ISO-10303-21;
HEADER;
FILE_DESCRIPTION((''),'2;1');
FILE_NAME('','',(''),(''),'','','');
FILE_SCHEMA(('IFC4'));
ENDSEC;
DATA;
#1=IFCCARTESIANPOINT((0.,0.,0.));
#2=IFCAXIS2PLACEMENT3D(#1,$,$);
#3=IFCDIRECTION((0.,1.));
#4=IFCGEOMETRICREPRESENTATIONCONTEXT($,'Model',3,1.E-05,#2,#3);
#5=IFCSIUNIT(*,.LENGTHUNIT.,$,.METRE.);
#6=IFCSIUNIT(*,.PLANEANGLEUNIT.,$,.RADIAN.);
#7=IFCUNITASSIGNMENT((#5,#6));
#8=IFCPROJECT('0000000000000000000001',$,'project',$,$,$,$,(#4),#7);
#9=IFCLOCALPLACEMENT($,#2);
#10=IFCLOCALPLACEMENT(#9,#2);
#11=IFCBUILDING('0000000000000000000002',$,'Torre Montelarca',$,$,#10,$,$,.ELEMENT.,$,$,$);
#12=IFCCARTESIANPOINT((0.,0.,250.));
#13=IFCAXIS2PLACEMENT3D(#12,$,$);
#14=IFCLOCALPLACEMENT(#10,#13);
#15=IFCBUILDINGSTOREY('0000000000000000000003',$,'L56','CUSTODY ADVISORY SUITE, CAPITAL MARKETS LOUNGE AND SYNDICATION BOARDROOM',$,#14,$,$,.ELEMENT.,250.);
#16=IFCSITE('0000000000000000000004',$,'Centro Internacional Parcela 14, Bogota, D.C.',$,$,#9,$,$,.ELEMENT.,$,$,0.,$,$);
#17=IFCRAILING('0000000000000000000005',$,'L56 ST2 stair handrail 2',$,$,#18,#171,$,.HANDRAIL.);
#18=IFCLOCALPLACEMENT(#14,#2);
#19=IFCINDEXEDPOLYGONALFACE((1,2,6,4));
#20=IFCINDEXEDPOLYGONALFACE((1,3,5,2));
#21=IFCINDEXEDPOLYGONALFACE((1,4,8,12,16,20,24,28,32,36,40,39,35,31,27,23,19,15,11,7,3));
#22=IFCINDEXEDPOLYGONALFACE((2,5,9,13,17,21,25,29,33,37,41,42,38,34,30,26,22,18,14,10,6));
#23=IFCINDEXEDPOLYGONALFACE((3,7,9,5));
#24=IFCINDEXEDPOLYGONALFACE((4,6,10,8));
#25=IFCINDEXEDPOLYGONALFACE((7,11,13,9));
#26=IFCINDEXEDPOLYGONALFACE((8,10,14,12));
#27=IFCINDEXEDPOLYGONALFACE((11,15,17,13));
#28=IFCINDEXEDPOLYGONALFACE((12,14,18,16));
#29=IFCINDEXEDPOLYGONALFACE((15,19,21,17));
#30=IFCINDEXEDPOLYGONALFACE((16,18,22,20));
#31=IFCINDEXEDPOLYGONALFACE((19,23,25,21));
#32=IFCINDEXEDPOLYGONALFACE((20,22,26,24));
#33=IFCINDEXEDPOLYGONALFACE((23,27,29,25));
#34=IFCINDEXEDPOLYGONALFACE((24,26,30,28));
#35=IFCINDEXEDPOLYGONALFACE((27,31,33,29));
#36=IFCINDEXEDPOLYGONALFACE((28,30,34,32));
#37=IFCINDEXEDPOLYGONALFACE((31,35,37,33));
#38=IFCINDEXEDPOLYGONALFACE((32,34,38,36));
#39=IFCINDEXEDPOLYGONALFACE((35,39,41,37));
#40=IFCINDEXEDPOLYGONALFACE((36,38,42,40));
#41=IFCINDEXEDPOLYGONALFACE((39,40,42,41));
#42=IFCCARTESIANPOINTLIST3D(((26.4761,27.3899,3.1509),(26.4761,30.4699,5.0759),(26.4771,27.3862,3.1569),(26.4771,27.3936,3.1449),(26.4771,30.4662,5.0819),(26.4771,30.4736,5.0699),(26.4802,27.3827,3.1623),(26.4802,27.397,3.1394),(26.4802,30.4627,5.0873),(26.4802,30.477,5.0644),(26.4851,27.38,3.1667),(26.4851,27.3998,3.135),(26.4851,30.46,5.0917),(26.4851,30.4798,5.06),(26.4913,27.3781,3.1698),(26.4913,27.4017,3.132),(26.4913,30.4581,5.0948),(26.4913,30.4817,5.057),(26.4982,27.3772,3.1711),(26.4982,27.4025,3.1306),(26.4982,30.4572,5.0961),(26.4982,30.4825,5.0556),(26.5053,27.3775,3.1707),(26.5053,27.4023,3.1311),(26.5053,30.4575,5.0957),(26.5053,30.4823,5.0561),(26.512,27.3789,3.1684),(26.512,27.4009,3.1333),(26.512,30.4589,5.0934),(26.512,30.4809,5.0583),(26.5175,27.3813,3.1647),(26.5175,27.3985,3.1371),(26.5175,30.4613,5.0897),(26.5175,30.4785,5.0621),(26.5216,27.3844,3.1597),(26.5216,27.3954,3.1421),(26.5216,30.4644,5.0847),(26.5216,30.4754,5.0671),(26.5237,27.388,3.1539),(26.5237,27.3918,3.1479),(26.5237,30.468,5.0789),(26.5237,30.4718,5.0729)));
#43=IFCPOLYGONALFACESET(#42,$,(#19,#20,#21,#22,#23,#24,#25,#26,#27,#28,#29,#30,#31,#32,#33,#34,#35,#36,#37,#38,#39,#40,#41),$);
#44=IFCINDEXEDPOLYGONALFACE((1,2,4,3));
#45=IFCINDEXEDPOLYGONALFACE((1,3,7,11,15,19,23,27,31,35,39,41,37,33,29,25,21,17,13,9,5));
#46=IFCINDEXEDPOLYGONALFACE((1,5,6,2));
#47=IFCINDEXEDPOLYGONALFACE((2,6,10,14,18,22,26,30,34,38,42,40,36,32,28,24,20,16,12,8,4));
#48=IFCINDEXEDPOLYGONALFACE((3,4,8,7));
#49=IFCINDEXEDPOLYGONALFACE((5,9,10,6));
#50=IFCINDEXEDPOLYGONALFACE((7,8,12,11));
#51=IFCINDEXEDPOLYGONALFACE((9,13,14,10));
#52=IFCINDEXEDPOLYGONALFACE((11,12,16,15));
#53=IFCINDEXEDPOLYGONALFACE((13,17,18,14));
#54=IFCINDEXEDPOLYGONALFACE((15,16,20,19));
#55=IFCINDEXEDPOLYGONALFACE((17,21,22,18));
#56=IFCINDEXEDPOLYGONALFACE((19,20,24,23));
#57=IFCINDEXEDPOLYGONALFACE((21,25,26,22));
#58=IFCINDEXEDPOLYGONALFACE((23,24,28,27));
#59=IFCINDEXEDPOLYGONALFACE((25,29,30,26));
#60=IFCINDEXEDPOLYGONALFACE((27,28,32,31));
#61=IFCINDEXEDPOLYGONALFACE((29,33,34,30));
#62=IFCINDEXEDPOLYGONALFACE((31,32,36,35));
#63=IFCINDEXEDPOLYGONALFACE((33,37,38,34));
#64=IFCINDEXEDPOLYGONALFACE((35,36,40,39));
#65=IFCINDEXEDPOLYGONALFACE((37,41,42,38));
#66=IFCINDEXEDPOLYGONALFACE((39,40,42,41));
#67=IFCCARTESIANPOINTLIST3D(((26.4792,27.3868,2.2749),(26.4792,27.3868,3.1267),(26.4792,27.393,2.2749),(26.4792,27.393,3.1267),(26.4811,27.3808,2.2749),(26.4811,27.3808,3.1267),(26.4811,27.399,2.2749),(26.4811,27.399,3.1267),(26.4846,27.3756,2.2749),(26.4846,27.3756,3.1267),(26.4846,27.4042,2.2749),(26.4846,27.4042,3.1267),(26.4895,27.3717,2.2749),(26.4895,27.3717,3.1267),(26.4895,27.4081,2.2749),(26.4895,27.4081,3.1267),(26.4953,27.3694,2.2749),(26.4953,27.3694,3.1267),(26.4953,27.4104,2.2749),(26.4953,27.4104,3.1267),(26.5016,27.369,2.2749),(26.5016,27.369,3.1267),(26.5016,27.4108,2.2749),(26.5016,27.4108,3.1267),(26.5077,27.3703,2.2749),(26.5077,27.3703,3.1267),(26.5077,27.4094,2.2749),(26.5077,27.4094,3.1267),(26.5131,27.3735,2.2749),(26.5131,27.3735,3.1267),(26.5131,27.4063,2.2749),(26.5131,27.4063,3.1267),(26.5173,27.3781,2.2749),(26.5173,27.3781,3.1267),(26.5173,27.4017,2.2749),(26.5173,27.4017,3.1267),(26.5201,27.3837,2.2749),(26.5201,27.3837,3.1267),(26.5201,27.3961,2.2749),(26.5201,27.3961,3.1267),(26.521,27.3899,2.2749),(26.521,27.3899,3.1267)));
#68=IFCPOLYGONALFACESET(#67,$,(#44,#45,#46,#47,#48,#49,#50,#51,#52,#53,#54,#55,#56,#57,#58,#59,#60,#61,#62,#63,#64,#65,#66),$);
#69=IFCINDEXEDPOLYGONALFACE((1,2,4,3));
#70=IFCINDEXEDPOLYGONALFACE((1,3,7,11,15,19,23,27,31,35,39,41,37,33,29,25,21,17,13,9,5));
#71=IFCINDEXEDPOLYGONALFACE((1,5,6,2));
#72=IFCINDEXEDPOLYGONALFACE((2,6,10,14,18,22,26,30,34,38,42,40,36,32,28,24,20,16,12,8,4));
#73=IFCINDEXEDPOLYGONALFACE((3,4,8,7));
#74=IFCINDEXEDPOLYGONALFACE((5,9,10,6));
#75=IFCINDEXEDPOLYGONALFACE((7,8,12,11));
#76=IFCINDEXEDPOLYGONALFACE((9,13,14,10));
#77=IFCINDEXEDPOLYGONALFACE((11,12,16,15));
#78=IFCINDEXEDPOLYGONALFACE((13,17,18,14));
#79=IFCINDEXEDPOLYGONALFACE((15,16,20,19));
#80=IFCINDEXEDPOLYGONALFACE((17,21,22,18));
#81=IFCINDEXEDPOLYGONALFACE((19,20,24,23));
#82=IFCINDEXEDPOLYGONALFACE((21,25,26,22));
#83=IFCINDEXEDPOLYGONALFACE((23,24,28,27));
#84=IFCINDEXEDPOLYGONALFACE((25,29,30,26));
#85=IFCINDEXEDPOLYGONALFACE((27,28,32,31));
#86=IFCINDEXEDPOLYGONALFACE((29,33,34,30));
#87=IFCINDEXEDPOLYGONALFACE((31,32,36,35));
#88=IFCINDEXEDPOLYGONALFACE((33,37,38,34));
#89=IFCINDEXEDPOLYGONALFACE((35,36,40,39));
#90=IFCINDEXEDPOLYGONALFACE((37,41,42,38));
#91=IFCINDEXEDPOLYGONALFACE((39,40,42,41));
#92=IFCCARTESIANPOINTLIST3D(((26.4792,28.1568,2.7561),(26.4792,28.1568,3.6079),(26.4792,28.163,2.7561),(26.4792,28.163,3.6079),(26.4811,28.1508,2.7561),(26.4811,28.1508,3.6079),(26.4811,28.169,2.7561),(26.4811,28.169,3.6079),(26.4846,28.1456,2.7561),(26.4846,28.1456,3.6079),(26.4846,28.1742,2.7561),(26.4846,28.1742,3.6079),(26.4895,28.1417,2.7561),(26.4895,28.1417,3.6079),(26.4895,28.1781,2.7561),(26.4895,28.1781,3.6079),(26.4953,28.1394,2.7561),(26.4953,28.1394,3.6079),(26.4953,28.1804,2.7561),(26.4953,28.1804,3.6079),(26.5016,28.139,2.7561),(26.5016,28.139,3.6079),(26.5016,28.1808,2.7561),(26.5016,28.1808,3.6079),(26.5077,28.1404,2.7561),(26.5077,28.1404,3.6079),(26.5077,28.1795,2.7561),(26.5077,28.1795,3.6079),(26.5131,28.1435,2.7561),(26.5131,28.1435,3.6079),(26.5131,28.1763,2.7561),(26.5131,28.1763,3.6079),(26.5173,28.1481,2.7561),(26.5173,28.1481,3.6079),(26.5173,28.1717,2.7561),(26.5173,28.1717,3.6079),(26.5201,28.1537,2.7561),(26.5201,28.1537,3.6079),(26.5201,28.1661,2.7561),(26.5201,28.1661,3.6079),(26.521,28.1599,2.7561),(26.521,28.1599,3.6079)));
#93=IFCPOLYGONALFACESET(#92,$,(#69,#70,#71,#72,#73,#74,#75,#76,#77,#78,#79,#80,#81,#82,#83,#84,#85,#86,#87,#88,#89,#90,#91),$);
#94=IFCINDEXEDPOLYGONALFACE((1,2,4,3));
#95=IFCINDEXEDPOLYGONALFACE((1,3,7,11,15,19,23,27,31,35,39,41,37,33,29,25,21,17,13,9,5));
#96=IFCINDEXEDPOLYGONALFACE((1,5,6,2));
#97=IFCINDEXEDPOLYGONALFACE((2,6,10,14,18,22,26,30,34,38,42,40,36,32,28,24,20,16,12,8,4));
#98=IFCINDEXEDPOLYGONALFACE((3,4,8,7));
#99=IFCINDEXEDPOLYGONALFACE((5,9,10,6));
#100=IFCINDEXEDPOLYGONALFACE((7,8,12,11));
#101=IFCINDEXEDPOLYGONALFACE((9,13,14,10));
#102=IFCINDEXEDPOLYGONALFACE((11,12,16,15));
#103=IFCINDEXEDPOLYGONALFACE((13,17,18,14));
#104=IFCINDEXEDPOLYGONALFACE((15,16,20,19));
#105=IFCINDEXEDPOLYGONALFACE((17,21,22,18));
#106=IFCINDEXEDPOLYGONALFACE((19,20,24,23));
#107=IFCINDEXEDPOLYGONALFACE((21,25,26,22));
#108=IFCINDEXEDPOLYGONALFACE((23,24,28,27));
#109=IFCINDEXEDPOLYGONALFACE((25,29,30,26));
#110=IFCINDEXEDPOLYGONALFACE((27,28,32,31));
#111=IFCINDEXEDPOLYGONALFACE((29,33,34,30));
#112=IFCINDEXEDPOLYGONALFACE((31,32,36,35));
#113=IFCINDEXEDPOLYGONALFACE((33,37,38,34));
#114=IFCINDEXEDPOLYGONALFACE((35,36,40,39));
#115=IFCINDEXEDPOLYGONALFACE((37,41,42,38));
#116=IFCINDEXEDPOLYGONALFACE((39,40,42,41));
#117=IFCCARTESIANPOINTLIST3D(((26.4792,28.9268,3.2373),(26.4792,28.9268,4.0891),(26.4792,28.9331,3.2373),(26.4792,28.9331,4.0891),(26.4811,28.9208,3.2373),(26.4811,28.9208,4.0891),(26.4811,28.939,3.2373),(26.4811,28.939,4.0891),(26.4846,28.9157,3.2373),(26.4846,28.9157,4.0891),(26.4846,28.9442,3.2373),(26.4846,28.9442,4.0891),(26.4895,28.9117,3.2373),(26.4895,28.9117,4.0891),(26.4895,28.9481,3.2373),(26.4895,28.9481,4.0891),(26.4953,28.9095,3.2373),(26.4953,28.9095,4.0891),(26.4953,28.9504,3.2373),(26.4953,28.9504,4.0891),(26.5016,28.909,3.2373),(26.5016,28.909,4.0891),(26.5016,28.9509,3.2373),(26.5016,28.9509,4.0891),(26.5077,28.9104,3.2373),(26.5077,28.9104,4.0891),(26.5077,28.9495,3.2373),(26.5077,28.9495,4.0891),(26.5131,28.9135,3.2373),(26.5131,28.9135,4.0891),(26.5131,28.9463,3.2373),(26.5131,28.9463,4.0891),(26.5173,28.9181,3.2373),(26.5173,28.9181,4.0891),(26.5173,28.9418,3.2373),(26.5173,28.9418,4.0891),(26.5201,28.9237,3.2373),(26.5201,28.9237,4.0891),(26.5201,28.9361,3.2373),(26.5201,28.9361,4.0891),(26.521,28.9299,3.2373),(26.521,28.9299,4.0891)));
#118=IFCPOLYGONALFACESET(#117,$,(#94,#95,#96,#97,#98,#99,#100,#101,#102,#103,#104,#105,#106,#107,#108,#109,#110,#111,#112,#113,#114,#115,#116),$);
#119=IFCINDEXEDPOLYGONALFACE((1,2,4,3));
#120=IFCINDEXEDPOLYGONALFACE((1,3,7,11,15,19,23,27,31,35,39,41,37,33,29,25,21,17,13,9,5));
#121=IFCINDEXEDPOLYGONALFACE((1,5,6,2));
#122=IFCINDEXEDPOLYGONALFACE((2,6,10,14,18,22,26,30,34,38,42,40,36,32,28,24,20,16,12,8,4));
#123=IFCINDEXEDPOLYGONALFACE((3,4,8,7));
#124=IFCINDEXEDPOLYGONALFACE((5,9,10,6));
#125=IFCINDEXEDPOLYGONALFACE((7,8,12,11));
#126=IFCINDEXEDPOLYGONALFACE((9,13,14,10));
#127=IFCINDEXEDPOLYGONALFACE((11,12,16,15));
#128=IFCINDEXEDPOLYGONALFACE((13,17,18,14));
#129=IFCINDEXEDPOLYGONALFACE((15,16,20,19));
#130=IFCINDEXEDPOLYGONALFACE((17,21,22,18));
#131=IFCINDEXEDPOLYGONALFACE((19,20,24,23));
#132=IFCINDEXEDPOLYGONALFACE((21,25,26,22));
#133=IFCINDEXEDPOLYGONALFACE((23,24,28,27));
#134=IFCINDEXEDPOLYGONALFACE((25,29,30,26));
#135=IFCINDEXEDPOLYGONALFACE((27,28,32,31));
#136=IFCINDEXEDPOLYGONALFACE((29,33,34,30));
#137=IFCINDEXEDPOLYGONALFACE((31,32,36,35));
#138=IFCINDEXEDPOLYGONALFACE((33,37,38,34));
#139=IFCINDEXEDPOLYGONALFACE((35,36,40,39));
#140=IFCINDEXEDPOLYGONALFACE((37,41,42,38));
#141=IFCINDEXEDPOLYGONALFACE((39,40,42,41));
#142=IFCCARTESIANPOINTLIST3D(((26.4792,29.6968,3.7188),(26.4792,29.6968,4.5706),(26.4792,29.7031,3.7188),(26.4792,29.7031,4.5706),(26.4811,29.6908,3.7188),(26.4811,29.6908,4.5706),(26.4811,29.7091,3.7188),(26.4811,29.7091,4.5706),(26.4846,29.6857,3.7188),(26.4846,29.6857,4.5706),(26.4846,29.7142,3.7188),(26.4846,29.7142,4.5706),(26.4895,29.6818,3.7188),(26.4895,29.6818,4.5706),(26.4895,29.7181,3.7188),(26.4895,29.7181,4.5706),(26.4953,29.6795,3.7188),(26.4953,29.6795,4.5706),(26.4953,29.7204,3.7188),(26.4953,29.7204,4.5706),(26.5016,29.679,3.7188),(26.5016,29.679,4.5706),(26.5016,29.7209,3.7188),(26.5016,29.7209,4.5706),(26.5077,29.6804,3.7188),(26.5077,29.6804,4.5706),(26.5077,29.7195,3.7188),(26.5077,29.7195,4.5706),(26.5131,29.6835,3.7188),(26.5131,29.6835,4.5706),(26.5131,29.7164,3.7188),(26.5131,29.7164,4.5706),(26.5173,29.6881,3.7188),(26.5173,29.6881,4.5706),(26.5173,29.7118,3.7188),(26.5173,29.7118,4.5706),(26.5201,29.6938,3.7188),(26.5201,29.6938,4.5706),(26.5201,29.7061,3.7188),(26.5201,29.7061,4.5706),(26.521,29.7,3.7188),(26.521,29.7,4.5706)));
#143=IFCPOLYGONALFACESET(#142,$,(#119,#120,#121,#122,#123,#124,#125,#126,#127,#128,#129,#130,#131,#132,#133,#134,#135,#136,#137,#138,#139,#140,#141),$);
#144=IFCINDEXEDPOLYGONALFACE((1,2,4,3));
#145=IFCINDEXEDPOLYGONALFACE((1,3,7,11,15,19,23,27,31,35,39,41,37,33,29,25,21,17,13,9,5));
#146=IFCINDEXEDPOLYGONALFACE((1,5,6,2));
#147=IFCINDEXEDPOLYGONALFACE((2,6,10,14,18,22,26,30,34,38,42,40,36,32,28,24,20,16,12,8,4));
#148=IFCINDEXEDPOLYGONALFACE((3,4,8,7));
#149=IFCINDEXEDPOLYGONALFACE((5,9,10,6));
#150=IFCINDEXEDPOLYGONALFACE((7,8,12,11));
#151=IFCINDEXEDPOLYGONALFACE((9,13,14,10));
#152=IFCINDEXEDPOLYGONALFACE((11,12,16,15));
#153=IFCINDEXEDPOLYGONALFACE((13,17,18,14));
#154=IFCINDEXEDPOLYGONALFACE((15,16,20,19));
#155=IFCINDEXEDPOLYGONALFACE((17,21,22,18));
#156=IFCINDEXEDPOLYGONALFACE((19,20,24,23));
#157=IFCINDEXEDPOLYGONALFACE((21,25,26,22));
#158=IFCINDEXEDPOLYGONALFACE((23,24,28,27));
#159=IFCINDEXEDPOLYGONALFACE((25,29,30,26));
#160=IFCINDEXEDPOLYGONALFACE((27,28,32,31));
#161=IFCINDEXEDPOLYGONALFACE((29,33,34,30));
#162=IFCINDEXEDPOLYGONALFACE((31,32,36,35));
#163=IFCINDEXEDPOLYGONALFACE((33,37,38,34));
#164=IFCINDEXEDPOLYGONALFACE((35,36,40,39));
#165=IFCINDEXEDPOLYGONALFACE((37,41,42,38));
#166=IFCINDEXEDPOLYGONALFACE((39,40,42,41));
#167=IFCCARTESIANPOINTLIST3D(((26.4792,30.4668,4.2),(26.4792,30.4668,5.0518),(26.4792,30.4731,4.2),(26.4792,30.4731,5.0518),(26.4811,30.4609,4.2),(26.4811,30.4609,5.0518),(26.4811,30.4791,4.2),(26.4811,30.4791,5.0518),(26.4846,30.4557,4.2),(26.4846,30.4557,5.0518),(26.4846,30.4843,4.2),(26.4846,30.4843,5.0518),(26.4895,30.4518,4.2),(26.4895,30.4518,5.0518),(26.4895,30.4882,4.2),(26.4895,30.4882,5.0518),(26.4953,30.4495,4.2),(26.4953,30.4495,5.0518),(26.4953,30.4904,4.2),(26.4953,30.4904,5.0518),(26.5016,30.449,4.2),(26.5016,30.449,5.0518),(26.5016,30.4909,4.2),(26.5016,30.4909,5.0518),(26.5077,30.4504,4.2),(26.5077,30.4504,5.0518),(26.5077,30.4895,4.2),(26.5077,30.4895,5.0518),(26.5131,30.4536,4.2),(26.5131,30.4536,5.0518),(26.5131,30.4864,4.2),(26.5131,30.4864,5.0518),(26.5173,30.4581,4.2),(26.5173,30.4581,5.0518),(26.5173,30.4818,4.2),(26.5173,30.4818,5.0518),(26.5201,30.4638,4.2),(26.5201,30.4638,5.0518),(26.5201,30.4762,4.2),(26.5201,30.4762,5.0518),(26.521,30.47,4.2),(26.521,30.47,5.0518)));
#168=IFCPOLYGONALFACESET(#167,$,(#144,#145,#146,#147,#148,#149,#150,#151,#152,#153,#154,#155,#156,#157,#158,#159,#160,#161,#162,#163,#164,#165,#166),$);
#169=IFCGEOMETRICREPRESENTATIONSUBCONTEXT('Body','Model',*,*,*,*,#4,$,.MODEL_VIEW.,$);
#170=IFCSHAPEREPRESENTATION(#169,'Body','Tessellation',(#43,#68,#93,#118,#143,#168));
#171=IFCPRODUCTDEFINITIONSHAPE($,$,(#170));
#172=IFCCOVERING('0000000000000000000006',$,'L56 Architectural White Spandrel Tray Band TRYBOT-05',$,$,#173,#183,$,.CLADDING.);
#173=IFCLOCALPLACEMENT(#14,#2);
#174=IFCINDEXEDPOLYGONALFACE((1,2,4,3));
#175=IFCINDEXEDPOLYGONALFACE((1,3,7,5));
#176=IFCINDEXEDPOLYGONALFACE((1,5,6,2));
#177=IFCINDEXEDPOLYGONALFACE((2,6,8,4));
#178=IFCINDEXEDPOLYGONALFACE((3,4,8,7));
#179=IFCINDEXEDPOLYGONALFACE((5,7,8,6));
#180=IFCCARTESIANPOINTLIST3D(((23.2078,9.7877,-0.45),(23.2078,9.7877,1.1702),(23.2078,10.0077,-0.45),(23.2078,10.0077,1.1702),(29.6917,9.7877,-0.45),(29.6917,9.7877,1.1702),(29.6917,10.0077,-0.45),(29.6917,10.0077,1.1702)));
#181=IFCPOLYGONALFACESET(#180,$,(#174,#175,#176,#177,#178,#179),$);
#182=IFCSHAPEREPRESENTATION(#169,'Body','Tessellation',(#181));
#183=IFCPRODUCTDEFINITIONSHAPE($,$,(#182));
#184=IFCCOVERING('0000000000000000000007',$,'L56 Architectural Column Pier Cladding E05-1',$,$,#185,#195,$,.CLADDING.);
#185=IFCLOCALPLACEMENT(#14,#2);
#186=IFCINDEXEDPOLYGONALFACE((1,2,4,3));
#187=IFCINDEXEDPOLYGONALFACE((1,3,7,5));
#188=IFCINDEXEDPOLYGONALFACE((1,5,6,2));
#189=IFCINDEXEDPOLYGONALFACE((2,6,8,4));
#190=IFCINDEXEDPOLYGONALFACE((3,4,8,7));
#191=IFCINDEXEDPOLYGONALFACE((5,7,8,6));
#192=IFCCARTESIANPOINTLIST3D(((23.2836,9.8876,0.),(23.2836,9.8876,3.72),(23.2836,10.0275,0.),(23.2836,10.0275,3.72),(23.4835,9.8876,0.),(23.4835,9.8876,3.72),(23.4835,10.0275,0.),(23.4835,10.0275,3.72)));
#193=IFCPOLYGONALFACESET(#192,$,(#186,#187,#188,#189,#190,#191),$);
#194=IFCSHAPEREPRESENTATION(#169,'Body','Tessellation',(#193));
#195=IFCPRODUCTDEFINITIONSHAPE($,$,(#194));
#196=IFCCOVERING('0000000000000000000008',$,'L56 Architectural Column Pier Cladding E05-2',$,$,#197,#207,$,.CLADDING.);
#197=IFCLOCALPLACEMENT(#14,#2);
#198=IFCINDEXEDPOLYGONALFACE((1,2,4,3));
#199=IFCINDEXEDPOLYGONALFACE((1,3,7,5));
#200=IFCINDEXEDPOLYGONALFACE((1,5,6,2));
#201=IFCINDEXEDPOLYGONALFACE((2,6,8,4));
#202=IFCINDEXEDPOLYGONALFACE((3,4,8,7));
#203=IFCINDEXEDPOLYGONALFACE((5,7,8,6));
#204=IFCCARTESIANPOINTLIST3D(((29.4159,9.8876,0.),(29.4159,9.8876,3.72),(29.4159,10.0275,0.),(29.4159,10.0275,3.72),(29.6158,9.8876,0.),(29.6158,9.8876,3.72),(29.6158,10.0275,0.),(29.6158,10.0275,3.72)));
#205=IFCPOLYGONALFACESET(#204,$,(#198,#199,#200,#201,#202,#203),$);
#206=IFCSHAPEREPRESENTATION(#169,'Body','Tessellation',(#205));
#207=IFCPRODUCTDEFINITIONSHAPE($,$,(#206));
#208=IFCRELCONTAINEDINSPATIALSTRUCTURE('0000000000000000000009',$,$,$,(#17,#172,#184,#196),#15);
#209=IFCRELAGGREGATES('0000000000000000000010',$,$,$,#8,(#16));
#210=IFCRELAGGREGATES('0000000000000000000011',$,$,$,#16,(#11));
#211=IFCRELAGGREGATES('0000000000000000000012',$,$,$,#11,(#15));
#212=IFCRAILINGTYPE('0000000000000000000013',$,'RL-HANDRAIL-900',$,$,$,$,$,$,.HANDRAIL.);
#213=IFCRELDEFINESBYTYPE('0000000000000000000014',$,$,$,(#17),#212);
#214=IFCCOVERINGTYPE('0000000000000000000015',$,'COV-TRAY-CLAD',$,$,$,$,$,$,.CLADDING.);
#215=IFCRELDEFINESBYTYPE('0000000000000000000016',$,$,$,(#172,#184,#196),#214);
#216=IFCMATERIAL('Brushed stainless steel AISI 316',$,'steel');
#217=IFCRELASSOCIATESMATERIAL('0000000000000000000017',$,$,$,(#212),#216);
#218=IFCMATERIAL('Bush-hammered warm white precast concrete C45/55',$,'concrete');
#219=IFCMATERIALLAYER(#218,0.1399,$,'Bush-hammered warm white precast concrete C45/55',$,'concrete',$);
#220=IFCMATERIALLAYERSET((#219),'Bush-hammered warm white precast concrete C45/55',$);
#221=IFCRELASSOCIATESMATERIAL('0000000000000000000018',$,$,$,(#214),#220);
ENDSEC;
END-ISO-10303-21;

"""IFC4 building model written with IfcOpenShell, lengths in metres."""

from ifc_helpers import new_model, si_unit, direction, frame, origin, origin_2d, place, context, subcontext, project, spatial, rectangle, circle, extrude, source, transform, mapped, material, layer, layer_set, type_object, element, save


model = new_model("IFC4")

# Units and contexts
model_context = context("Model", 3, precision=1e-05, world=origin(), true_north=direction((0.0, 1.0)))
body_context = subcontext(model_context, "Body", "Model", "MODEL_VIEW")
ifc_project = project(units=[si_unit("LENGTHUNIT", "METRE"), si_unit("PLANEANGLEUNIT", "RADIAN")], contexts=[model_context])

# Site, building, storey
site_placement = place(None, origin())
site = spatial("IfcSite", under=ifc_project, at=site_placement, Name="Centro Internacional Parcela 14, Bogota, D.C.", CompositionType="ELEMENT", RefElevation=0.0)
building_placement = place(site_placement, origin())
building = spatial("IfcBuilding", under=site, at=building_placement, Name="Torre Montelarca", CompositionType="ELEMENT")
storey_placement = place(building_placement, frame((0.0, 0.0, 250.0)))
storey = spatial("IfcBuildingStorey", under=building, at=storey_placement, Name="L56", Description="CUSTODY ADVISORY SUITE, CAPITAL MARKETS LOUNGE AND SYNDICATION BOARDROOM", CompositionType="ELEMENT", Elevation=250.0)

# Railing
ifc_material_1 = material(Name="Brushed stainless steel AISI 316", Category="steel")
railing_type_1 = type_object("IfcRailingType", Name="RL-HANDRAIL-900", PredefinedType="HANDRAIL", material=ifc_material_1)
railing_1_placement = place(storey_placement, frame((26.5, 27.3899, 2.2749)))
element("IfcRailing", 1, at=railing_1_placement, inside=storey, type_object=railing_type_1, Name="L56 ST2 stair handrail 2", PredefinedType="HANDRAIL", context=body_context, shape_type="SweptSolid", body=[
    extrude(circle(Radius=0.0239, at=origin_2d()), frame((0.0, 0.0, 0.876), z_axis=(0.0, 0.847998, 0.529999), x_axis=(-1.0, 0.0, 0.0)), (0.0, 0.0, 1.0), 3.6321),
    extrude(circle(Radius=0.021, at=origin_2d()), origin(), (0.0, 0.0, 1.0), 0.8518),
    extrude(circle(Radius=0.021, at=origin_2d()), frame((0.0, 0.77, 0.4812)), (0.0, 0.0, 1.0), 0.8518),
    extrude(circle(Radius=0.021, at=origin_2d()), frame((0.0, 1.54, 0.9624)), (0.0, 0.0, 1.0), 0.8518),
    extrude(circle(Radius=0.021, at=origin_2d()), frame((0.0, 2.3101, 1.4438)), (0.0, 0.0, 1.0), 0.8518),
    extrude(circle(Radius=0.021, at=origin_2d()), frame((0.0, 3.0801, 1.925)), (0.0, 0.0, 1.0), 0.8518),
])

# Coverings
ifc_material_2 = material(Name="Bush-hammered warm white precast concrete C45/55", Category="concrete")
ifc_layer_1 = layer(ifc_material_2, 0.1399, Name="Bush-hammered warm white precast concrete C45/55", Category="concrete")
ifc_layer_set_1 = layer_set([ifc_layer_1], Name="Bush-hammered warm white precast concrete C45/55")
covering_type = type_object("IfcCoveringType", Name="COV-TRAY-CLAD", PredefinedType="CLADDING", material=ifc_layer_set_1)
shared_shape_1 = source(origin(), body_context, "Body", "SweptSolid", [
    extrude(rectangle(XDim=6.4839, YDim=0.22, at=origin_2d()), origin(), (0.0, 0.0, 1.0), 1.6201),
])
covering_1_placement = place(storey_placement, frame((26.4497, 9.8977, -0.45), z_axis=(0.0, 0.0, 1.0), x_axis=(1.0, 0.0, 0.0)))
element("IfcCovering", 2, at=covering_1_placement, inside=storey, type_object=covering_type, Name="L56 Architectural White Spandrel Tray Band TRYBOT-05", PredefinedType="CLADDING", context=body_context, shape_type="MappedRepresentation", body=[
    mapped(shared_shape_1, transform((0.0, 0.0, 0.0), scale=1.0)),
])
shared_shape_2 = source(origin(), body_context, "Body", "SweptSolid", [
    extrude(rectangle(XDim=0.2, YDim=0.1399, at=origin_2d()), origin(), (0.0, 0.0, 1.0), 3.72),
])
for number, where, z_axis, x_axis, name in (
    (3, (23.3835, 9.9575, 0.0), (0.0, 0.0, 1.0), (1.0, 0.0, 0.0), "L56 Architectural Column Pier Cladding E05-1"),
    (4, (29.5159, 9.9575, 0.0), (0.0, 0.0, 1.0), (1.0, 0.0, 0.0), "L56 Architectural Column Pier Cladding E05-2"),
):
    element("IfcCovering", number, at=place(storey_placement, frame(where, z_axis=z_axis, x_axis=x_axis)), inside=storey, type_object=covering_type, Name=name, PredefinedType="CLADDING", context=body_context, shape_type="MappedRepresentation", body=[
        mapped(shared_shape_2, transform((0.0, 0.0, 0.0), scale=1.0)),
    ])

save(model, "model.ifc")
